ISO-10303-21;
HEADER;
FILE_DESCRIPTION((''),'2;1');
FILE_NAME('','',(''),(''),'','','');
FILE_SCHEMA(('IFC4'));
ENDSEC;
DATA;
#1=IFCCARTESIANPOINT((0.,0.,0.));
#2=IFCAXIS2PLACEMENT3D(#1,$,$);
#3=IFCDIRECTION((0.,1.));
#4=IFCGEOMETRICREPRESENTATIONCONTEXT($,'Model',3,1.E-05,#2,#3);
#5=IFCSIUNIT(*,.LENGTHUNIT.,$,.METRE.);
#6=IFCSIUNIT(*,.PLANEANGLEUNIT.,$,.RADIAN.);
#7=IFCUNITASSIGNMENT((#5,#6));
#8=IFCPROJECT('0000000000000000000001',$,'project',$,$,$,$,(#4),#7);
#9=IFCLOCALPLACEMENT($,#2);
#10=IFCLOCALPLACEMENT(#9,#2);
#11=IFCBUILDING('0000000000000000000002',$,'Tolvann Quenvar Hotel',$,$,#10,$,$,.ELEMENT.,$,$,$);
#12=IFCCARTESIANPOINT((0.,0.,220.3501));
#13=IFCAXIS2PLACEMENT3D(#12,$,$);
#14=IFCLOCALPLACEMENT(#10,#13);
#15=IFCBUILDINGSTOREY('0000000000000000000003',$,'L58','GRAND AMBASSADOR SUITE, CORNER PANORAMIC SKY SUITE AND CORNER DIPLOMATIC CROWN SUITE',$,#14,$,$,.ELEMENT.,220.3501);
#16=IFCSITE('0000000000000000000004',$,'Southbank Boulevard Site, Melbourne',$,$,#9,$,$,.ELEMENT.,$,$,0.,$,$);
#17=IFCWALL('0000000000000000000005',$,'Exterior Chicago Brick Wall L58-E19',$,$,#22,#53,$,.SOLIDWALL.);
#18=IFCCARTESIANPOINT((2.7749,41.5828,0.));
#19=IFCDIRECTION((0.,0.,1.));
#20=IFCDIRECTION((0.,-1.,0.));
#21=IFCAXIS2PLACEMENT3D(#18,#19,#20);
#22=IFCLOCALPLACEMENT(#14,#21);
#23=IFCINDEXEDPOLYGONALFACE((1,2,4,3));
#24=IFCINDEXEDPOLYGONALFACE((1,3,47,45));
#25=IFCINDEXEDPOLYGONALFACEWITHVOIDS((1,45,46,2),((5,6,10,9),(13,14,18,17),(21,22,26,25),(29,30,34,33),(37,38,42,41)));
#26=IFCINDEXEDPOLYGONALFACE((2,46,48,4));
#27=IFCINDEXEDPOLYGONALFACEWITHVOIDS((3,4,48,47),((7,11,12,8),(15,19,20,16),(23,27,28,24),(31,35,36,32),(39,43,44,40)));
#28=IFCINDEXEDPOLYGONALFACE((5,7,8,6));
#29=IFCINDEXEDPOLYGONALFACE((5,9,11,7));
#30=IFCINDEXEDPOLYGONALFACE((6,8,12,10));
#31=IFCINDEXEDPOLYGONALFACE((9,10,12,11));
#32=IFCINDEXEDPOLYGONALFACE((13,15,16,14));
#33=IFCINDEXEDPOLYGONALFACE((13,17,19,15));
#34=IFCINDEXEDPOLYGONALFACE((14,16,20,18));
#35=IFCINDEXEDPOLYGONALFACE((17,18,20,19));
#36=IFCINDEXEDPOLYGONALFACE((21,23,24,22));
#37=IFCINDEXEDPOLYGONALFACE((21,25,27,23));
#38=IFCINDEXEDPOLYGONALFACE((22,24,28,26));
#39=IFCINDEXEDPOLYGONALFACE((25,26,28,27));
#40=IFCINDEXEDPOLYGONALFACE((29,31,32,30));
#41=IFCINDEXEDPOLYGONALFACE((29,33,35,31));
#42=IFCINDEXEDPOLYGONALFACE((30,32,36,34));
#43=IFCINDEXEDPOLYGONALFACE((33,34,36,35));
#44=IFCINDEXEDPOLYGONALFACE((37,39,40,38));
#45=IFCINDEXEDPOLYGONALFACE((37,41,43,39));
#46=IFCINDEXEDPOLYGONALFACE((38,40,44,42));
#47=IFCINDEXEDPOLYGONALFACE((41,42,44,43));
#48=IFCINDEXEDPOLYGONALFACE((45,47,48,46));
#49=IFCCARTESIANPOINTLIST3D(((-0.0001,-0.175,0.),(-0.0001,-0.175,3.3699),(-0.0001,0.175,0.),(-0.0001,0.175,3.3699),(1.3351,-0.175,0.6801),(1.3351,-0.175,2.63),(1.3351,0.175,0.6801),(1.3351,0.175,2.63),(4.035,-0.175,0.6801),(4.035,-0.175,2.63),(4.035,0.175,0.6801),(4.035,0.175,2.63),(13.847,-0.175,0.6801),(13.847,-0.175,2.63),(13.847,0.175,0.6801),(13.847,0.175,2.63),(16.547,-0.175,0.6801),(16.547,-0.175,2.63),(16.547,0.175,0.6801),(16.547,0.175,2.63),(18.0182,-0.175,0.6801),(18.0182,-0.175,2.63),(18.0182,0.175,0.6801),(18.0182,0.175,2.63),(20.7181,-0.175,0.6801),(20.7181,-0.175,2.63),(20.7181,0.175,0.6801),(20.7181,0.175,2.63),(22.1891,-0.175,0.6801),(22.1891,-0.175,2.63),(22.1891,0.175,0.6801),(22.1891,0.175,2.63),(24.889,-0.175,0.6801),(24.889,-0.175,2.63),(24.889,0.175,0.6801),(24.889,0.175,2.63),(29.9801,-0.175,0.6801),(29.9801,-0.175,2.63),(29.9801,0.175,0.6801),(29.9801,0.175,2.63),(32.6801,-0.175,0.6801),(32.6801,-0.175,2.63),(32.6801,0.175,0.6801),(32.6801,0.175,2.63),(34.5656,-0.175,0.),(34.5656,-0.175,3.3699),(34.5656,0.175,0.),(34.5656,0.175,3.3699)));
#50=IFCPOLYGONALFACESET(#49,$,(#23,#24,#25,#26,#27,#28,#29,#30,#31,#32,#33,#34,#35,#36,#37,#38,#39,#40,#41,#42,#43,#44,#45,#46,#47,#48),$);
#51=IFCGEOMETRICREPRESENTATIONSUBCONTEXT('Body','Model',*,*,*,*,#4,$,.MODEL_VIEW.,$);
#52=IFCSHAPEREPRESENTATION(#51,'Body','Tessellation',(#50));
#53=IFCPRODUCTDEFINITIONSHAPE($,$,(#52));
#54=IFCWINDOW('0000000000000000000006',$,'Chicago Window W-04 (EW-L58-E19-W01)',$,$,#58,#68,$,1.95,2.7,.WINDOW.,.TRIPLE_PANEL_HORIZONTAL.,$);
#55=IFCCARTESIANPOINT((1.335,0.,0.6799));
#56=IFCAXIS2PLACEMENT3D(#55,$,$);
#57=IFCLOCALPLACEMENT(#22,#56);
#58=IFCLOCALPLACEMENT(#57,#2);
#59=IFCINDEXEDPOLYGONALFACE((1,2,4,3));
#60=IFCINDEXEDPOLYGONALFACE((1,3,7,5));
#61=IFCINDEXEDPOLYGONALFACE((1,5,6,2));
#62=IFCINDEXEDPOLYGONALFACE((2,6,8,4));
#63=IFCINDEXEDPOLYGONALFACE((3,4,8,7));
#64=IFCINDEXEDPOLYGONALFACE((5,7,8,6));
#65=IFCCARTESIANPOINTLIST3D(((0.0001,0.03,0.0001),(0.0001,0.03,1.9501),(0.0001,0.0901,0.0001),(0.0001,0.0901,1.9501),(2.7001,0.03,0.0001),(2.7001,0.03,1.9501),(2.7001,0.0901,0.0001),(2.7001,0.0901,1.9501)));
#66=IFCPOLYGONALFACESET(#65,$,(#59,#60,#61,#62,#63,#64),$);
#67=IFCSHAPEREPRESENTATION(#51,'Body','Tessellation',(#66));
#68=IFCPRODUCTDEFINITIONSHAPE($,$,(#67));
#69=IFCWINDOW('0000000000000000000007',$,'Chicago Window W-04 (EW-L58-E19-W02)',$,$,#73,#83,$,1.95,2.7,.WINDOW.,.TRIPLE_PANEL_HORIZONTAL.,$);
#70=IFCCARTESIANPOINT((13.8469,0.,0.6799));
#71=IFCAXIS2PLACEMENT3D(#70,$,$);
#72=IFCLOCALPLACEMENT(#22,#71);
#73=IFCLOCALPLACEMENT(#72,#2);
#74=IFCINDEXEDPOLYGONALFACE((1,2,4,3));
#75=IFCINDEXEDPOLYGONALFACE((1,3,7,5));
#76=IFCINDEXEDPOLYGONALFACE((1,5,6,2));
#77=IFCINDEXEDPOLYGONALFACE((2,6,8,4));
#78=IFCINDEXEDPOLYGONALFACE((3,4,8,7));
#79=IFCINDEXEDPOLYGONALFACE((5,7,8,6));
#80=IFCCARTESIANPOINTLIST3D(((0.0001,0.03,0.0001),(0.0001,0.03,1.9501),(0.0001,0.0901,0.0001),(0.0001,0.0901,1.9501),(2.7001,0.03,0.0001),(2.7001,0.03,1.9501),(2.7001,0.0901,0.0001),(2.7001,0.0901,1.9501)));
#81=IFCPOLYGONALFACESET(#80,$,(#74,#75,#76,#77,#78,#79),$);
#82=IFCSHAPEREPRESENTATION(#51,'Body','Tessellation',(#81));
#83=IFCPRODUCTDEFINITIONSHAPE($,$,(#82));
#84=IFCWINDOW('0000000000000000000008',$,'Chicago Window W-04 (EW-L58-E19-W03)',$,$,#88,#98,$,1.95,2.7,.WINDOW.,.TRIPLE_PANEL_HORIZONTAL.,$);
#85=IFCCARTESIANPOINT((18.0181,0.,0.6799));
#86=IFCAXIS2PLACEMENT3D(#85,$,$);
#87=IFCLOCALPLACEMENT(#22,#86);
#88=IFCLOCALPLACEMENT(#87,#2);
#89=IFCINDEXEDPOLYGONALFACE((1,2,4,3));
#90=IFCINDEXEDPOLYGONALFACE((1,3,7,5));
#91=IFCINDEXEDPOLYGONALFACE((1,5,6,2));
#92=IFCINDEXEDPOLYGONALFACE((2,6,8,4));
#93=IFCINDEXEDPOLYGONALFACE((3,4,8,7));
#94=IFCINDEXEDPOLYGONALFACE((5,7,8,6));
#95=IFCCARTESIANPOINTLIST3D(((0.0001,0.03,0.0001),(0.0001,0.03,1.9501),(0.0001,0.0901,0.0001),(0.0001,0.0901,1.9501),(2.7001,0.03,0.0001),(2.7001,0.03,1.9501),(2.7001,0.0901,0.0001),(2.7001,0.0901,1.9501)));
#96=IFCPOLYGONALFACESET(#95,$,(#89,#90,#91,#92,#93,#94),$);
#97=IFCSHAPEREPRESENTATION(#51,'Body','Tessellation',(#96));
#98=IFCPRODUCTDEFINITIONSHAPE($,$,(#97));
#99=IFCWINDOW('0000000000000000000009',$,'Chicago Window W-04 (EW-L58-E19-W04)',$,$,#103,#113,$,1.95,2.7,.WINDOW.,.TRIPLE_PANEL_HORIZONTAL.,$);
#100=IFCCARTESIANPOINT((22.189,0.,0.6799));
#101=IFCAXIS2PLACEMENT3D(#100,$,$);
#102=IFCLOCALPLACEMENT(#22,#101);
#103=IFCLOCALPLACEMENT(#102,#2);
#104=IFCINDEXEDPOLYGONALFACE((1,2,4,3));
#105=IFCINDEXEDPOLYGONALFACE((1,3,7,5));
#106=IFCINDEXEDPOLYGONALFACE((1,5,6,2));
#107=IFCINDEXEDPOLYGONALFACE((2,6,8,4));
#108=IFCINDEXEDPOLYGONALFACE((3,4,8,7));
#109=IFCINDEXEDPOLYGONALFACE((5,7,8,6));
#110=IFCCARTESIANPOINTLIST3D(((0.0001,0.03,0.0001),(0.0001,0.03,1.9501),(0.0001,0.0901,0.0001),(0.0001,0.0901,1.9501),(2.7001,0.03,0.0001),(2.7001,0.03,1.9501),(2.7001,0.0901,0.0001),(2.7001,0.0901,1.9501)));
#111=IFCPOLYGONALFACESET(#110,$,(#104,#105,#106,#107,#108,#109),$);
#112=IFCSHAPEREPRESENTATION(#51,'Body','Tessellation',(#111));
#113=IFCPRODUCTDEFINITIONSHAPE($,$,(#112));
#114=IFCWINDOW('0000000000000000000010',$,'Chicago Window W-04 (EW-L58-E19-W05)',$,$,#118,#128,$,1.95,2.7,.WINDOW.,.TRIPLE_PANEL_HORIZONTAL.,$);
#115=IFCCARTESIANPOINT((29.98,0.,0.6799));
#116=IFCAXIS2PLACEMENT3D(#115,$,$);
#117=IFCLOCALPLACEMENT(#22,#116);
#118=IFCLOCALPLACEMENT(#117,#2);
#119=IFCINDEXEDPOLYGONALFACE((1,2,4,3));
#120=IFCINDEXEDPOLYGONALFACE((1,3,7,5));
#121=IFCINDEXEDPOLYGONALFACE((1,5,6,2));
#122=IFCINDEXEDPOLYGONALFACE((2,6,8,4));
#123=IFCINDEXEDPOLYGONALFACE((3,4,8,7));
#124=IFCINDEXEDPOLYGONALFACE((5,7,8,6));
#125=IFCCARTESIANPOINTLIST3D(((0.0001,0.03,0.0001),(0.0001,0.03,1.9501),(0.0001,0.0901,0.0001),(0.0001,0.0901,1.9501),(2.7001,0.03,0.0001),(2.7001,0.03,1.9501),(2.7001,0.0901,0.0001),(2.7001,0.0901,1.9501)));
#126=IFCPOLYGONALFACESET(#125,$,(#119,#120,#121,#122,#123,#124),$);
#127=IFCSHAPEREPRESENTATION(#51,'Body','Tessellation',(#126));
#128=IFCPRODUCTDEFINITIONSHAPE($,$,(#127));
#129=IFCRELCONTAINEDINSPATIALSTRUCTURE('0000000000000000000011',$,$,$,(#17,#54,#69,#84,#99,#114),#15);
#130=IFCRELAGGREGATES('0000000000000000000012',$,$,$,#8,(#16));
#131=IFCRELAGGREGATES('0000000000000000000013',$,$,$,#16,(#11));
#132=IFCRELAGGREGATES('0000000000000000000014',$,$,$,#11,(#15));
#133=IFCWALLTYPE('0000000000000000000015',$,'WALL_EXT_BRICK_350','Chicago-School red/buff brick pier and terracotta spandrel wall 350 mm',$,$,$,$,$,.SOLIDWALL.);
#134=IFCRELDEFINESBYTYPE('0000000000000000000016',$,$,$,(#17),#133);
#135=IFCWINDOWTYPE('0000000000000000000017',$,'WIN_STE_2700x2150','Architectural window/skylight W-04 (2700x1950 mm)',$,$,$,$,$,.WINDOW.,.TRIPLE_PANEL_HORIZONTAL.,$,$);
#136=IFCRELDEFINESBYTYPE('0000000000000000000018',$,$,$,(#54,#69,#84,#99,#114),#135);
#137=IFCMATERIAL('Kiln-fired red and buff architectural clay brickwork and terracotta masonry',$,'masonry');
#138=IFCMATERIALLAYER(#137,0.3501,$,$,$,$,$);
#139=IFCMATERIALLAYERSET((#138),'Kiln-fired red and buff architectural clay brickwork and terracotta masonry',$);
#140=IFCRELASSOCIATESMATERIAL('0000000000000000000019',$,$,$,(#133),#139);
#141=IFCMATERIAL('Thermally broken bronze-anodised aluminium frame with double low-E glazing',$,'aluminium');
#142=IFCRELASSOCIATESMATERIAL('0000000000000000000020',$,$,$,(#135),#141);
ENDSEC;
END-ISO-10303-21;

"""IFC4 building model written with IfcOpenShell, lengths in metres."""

from ifc_helpers import new_model, si_unit, direction, frame, frame_2d, origin, place, context, subcontext, project, spatial, rectangle, extrude, source, transform, mapped, material, layer, layer_set, type_object, type_shapes, element, fill, save


model = new_model("IFC4")

# Units and contexts
model_context = context("Model", 3, precision=1e-05, world=origin(), true_north=direction((0.0, 1.0)))
body_context = subcontext(model_context, "Body", "Model", "MODEL_VIEW")
ifc_project = project(units=[si_unit("LENGTHUNIT", "METRE"), si_unit("PLANEANGLEUNIT", "RADIAN")], contexts=[model_context])

# Site, building, storey
site_placement = place(None, origin())
site = spatial("IfcSite", under=ifc_project, at=site_placement, Name="Southbank Boulevard Site, Melbourne", CompositionType="ELEMENT", RefElevation=0.0)
building_placement = place(site_placement, origin())
building = spatial("IfcBuilding", under=site, at=building_placement, Name="Tolvann Quenvar Hotel", CompositionType="ELEMENT")
storey_placement = place(building_placement, frame((0.0, 0.0, 220.3501)))
storey = spatial("IfcBuildingStorey", under=building, at=storey_placement, Name="L58", Description="GRAND AMBASSADOR SUITE, CORNER PANORAMIC SKY SUITE AND CORNER DIPLOMATIC CROWN SUITE", CompositionType="ELEMENT", Elevation=220.3501)

# Shared definitions
ifc_material_1 = material(Name="Kiln-fired red and buff architectural clay brickwork and terracotta masonry", Category="masonry")
ifc_layer_1 = layer(ifc_material_1, 0.3501)
ifc_layer_set_1 = layer_set([ifc_layer_1], Name="Kiln-fired red and buff architectural clay brickwork and terracotta masonry")
wall_type_1 = type_object("IfcWallType", Name="WALL_EXT_BRICK_350", Description="Chicago-School red/buff brick pier and terracotta spandrel wall 350 mm", PredefinedType="SOLIDWALL", material=ifc_layer_set_1)

# Wall, openings, windows
wall_1_placement = place(storey_placement, frame((2.7749, 41.5828, 0.0), z_axis=(0.0, 0.0, 1.0), x_axis=(0.0, -1.0, 0.0)))
wall_1 = element("IfcWall", 1, at=wall_1_placement, inside=storey, type_object=wall_type_1, Name="Exterior Chicago Brick Wall L58-E19", PredefinedType="SOLIDWALL", context=body_context, shape_type="SweptSolid", body=[
    extrude(rectangle(XDim=34.5657, YDim=0.3501, at=frame_2d((17.2827, 0.0))), origin(), (0.0, 0.0, 1.0), 3.3699),
])
opening_1_placement = place(wall_1_placement, frame((1.335, 0.0, 0.6799)))
opening_1 = element("IfcOpeningElement", 2, at=opening_1_placement, cuts=wall_1, PredefinedType="OPENING", context=body_context, shape_type="SweptSolid", body=[
    extrude(rectangle(XDim=2.7, YDim=1.95, at=frame_2d((1.3501, 0.9751))), frame((0.0, 0.1851, 0.0), z_axis=(0.0, -1.0, 0.0), x_axis=(1.0, 0.0, 0.0)), (0.0, 0.0, 1.0), 0.3701),
])
opening_2_placement = place(wall_1_placement, frame((13.8469, 0.0, 0.6799)))
opening_2 = element("IfcOpeningElement", 3, at=opening_2_placement, cuts=wall_1, PredefinedType="OPENING", context=body_context, shape_type="SweptSolid", body=[
    extrude(rectangle(XDim=2.7, YDim=1.95, at=frame_2d((1.3501, 0.9751))), frame((0.0, 0.1851, 0.0), z_axis=(0.0, -1.0, 0.0), x_axis=(1.0, 0.0, 0.0)), (0.0, 0.0, 1.0), 0.3701),
])
opening_3_placement = place(wall_1_placement, frame((18.0181, 0.0, 0.6799)))
opening_3 = element("IfcOpeningElement", 4, at=opening_3_placement, cuts=wall_1, PredefinedType="OPENING", context=body_context, shape_type="SweptSolid", body=[
    extrude(rectangle(XDim=2.7, YDim=1.95, at=frame_2d((1.3501, 0.9751))), frame((0.0, 0.1851, 0.0), z_axis=(0.0, -1.0, 0.0), x_axis=(1.0, 0.0, 0.0)), (0.0, 0.0, 1.0), 0.3701),
])
opening_4_placement = place(wall_1_placement, frame((22.189, 0.0, 0.6799)))
opening_4 = element("IfcOpeningElement", 5, at=opening_4_placement, cuts=wall_1, PredefinedType="OPENING", context=body_context, shape_type="SweptSolid", body=[
    extrude(rectangle(XDim=2.7, YDim=1.95, at=frame_2d((1.3501, 0.9751))), frame((0.0, 0.1851, 0.0), z_axis=(0.0, -1.0, 0.0), x_axis=(1.0, 0.0, 0.0)), (0.0, 0.0, 1.0), 0.3701),
])
opening_5_placement = place(wall_1_placement, frame((29.98, 0.0, 0.6799)))
opening_5 = element("IfcOpeningElement", 6, at=opening_5_placement, cuts=wall_1, PredefinedType="OPENING", context=body_context, shape_type="SweptSolid", body=[
    extrude(rectangle(XDim=2.7, YDim=1.95, at=frame_2d((1.3501, 0.9751))), frame((0.0, 0.1851, 0.0), z_axis=(0.0, -1.0, 0.0), x_axis=(1.0, 0.0, 0.0)), (0.0, 0.0, 1.0), 0.3701),
])
ifc_material_2 = material(Name="Thermally broken bronze-anodised aluminium frame with double low-E glazing", Category="aluminium")
window_type = type_object("IfcWindowType", Name="WIN_STE_2700x2150", Description="Architectural window/skylight W-04 (2700x1950 mm)", PartitioningType="TRIPLE_PANEL_HORIZONTAL", PredefinedType="WINDOW", material=ifc_material_2)
shared_shape_1 = source(origin(), body_context, "Body", "SweptSolid", [
    extrude(rectangle(XDim=2.7, YDim=1.95, at=frame_2d((1.3501, 0.9751))), frame((0.0, 0.0901, 0.0), z_axis=(0.0, -1.0, 0.0), x_axis=(1.0, 0.0, 0.0)), (0.0, 0.0, 1.0), 0.0601),
])
type_shapes(window_type, [shared_shape_1])
window_1_placement = place(opening_1_placement, origin())
window_1 = element("IfcWindow", 7, at=window_1_placement, inside=storey, type_object=window_type, Name="Chicago Window W-04 (EW-L58-E19-W01)", OverallHeight=1.95, OverallWidth=2.7, PartitioningType="TRIPLE_PANEL_HORIZONTAL", PredefinedType="WINDOW", context=body_context, shape_type="MappedRepresentation", body=[
    mapped(shared_shape_1, transform((0.0, 0.0, 0.0), x_axis=(1.0, 0.0, 0.0), y_axis=(0.0, 1.0, 0.0), z_axis=(0.0, 0.0, 1.0), scale=1.0)),
])
fill(opening_1, window_1)
window_2_placement = place(opening_2_placement, origin())
window_2 = element("IfcWindow", 8, at=window_2_placement, inside=storey, type_object=window_type, Name="Chicago Window W-04 (EW-L58-E19-W02)", OverallHeight=1.95, OverallWidth=2.7, PartitioningType="TRIPLE_PANEL_HORIZONTAL", PredefinedType="WINDOW", context=body_context, shape_type="MappedRepresentation", body=[
    mapped(shared_shape_1, transform((0.0, 0.0, 0.0), x_axis=(1.0, 0.0, 0.0), y_axis=(0.0, 1.0, 0.0), z_axis=(0.0, 0.0, 1.0), scale=1.0)),
])
fill(opening_2, window_2)
window_3_placement = place(opening_3_placement, origin())
window_3 = element("IfcWindow", 9, at=window_3_placement, inside=storey, type_object=window_type, Name="Chicago Window W-04 (EW-L58-E19-W03)", OverallHeight=1.95, OverallWidth=2.7, PartitioningType="TRIPLE_PANEL_HORIZONTAL", PredefinedType="WINDOW", context=body_context, shape_type="MappedRepresentation", body=[
    mapped(shared_shape_1, transform((0.0, 0.0, 0.0), x_axis=(1.0, 0.0, 0.0), y_axis=(0.0, 1.0, 0.0), z_axis=(0.0, 0.0, 1.0), scale=1.0)),
])
fill(opening_3, window_3)
window_4_placement = place(opening_4_placement, origin())
window_4 = element("IfcWindow", 10, at=window_4_placement, inside=storey, type_object=window_type, Name="Chicago Window W-04 (EW-L58-E19-W04)", OverallHeight=1.95, OverallWidth=2.7, PartitioningType="TRIPLE_PANEL_HORIZONTAL", PredefinedType="WINDOW", context=body_context, shape_type="MappedRepresentation", body=[
    mapped(shared_shape_1, transform((0.0, 0.0, 0.0), x_axis=(1.0, 0.0, 0.0), y_axis=(0.0, 1.0, 0.0), z_axis=(0.0, 0.0, 1.0), scale=1.0)),
])
fill(opening_4, window_4)
window_5_placement = place(opening_5_placement, origin())
window_5 = element("IfcWindow", 11, at=window_5_placement, inside=storey, type_object=window_type, Name="Chicago Window W-04 (EW-L58-E19-W05)", OverallHeight=1.95, OverallWidth=2.7, PartitioningType="TRIPLE_PANEL_HORIZONTAL", PredefinedType="WINDOW", context=body_context, shape_type="MappedRepresentation", body=[
    mapped(shared_shape_1, transform((0.0, 0.0, 0.0), x_axis=(1.0, 0.0, 0.0), y_axis=(0.0, 1.0, 0.0), z_axis=(0.0, 0.0, 1.0), scale=1.0)),
])
fill(opening_5, window_5)

save(model, "model.ifc")
